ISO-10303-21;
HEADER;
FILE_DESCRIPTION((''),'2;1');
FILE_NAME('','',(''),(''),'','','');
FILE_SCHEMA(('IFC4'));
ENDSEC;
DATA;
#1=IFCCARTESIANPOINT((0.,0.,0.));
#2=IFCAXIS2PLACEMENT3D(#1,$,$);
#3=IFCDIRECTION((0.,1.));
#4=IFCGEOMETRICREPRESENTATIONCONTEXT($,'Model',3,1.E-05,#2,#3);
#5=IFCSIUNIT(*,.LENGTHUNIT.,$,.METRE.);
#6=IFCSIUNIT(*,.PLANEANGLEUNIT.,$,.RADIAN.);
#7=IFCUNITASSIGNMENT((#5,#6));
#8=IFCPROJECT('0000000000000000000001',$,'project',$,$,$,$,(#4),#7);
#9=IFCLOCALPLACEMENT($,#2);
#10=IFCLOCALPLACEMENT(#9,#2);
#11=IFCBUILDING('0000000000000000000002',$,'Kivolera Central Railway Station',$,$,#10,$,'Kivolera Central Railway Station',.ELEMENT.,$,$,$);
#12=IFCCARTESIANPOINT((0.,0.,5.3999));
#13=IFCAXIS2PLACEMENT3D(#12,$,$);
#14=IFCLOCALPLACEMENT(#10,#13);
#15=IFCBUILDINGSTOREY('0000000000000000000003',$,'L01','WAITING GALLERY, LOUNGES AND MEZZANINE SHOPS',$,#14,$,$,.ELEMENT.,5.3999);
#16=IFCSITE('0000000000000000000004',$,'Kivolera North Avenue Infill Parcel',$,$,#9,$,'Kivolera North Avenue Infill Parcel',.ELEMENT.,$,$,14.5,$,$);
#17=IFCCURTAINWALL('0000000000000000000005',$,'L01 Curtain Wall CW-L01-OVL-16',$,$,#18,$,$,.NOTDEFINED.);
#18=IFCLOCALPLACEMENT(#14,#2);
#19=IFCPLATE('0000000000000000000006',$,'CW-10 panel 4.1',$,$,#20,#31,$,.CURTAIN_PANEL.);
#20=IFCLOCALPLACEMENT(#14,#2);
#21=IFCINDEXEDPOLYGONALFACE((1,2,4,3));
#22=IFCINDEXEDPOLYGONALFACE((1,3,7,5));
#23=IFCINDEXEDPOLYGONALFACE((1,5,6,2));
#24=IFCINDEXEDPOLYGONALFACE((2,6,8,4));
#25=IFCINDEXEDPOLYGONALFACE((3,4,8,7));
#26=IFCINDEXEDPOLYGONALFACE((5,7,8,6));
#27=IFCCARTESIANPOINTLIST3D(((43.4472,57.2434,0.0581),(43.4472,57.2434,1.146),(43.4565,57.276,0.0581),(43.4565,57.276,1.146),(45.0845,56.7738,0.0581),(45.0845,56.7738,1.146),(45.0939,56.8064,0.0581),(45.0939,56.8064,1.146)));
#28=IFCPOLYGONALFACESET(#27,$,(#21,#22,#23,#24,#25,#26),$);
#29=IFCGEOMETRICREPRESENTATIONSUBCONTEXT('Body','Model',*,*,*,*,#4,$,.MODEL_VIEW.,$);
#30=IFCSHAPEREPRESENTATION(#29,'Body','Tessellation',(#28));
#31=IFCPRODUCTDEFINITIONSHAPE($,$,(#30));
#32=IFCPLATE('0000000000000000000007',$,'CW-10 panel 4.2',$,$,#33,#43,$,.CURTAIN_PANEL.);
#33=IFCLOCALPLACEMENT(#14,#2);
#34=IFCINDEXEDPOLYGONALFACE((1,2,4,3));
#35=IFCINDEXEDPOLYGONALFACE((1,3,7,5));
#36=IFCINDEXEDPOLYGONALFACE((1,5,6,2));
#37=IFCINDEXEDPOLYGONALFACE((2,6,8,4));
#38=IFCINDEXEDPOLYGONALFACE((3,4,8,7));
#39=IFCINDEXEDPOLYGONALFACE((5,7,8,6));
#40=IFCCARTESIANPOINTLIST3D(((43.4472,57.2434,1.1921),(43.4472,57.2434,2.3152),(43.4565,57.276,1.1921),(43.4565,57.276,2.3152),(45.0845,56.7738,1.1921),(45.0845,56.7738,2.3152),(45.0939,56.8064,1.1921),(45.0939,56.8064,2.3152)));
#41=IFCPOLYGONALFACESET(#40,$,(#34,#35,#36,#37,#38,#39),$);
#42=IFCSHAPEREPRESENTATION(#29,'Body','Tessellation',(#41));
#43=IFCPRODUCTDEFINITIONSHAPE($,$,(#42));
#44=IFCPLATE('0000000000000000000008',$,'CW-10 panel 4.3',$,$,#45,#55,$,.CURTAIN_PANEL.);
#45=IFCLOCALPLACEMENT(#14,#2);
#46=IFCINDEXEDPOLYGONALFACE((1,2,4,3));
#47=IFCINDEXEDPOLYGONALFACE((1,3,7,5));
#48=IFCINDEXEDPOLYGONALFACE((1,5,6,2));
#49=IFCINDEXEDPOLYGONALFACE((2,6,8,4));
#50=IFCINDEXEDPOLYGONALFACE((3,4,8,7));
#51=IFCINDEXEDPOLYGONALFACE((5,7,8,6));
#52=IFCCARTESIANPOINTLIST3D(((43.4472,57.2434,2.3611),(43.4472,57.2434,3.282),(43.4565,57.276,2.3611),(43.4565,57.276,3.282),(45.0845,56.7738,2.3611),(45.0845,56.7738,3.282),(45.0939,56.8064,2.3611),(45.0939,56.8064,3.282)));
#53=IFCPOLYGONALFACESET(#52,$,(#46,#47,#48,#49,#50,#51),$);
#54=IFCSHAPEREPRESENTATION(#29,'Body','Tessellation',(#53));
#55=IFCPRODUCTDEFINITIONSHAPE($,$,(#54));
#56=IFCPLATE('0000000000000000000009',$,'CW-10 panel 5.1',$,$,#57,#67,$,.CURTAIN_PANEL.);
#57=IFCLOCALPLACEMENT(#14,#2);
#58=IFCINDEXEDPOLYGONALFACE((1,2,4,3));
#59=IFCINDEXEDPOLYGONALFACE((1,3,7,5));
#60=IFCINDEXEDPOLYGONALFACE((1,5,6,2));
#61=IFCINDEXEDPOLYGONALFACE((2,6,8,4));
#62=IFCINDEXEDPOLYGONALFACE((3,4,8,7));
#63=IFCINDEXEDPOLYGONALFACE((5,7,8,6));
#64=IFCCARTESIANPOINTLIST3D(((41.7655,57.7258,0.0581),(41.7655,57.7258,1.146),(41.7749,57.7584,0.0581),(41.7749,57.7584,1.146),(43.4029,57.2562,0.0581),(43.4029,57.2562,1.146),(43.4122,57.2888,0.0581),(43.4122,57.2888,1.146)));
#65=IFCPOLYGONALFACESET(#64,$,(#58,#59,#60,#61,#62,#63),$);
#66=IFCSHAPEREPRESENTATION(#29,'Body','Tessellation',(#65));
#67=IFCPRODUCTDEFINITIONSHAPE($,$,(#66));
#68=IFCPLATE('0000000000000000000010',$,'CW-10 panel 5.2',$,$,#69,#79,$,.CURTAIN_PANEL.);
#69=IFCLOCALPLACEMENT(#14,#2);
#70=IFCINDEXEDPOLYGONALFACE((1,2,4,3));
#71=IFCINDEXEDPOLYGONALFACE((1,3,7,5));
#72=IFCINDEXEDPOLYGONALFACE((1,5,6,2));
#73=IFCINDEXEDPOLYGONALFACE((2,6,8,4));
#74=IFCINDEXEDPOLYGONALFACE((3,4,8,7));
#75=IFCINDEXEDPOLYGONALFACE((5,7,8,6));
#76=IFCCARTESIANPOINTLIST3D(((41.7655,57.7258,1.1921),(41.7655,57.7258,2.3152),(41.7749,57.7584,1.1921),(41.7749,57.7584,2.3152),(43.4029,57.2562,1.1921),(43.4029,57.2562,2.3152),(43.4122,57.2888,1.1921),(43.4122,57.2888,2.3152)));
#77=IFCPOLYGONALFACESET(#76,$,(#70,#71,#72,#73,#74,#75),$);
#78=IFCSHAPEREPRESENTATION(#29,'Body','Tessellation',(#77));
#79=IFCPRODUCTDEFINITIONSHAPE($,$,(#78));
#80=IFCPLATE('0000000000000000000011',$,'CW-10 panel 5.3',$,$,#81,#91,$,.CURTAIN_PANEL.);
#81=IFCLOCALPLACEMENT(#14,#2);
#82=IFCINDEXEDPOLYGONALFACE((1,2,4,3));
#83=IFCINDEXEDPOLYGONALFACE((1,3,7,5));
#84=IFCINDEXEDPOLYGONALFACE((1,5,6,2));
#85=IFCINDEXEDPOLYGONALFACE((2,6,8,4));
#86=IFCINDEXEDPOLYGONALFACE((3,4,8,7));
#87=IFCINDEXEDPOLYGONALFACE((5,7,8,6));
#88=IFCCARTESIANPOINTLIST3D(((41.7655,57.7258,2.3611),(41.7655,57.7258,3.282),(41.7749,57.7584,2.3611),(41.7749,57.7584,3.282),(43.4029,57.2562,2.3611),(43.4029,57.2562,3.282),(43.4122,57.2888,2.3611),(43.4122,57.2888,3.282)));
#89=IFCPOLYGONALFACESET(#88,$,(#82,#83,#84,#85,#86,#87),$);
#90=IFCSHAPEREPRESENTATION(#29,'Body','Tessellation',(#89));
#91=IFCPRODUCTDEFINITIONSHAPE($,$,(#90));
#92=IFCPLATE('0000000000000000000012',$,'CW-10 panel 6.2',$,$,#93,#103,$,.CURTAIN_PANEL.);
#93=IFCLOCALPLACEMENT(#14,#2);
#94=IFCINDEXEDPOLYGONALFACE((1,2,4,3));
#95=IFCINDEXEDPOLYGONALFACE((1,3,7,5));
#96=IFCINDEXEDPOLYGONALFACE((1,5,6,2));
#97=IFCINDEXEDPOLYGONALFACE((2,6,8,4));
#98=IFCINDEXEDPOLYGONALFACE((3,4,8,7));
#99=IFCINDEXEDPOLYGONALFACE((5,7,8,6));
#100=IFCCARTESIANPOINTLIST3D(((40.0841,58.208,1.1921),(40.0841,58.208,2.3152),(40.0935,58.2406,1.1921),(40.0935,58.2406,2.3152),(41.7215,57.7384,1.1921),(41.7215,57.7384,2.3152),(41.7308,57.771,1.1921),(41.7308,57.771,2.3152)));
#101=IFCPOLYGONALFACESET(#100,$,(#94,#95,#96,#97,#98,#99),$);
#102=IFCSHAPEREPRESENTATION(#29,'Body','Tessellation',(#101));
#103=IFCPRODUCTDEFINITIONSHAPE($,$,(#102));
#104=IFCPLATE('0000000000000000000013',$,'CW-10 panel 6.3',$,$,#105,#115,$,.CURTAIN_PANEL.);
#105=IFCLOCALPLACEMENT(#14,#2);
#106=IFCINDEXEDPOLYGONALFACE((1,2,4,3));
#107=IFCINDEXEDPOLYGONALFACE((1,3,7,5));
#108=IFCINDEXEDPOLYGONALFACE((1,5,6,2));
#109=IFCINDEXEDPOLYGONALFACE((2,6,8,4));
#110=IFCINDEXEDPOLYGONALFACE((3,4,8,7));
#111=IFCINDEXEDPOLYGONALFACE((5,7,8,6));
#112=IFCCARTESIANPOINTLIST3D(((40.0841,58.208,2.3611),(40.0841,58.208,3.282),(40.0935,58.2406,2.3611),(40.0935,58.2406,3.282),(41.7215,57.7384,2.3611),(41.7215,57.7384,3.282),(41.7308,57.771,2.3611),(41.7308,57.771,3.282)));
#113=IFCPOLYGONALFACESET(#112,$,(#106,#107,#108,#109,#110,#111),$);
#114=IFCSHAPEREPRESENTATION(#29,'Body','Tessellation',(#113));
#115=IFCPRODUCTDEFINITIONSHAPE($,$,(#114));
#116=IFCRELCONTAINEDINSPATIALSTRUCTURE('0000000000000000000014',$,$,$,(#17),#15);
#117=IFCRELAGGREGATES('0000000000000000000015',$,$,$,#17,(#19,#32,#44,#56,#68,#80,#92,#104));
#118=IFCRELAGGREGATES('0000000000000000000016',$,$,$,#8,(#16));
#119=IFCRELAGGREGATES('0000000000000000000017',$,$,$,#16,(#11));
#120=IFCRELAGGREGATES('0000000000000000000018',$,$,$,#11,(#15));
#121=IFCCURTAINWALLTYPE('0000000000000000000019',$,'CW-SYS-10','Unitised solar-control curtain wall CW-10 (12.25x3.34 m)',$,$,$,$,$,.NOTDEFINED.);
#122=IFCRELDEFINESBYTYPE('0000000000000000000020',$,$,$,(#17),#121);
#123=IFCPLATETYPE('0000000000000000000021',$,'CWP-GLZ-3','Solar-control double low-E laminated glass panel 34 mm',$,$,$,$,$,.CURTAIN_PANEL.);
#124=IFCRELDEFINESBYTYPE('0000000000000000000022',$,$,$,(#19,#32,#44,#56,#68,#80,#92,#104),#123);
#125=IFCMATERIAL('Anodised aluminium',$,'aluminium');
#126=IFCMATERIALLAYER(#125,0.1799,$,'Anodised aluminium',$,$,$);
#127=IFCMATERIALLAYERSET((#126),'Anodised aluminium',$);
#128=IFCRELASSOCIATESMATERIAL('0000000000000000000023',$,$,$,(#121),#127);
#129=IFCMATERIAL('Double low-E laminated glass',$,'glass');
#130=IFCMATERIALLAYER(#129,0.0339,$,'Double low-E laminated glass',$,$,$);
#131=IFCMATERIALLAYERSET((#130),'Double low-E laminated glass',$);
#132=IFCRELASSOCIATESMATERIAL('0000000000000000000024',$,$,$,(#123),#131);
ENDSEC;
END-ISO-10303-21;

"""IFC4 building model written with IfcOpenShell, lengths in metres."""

from ifc_helpers import new_model, si_unit, direction, frame, origin, origin_2d, place, context, subcontext, project, spatial, rectangle, extrude, material, layer, layer_set, type_object, element, aggregate, save


model = new_model("IFC4")

# Units and contexts
model_context = context("Model", 3, precision=1e-05, world=origin(), true_north=direction((0.0, 1.0)))
body_context = subcontext(model_context, "Body", "Model", "MODEL_VIEW")
ifc_project = project(units=[si_unit("LENGTHUNIT", "METRE"), si_unit("PLANEANGLEUNIT", "RADIAN")], contexts=[model_context])

# Site, building, storey
site_placement = place(None, origin())
site = spatial("IfcSite", under=ifc_project, at=site_placement, Name="Kivolera North Avenue Infill Parcel", LongName="Kivolera North Avenue Infill Parcel", CompositionType="ELEMENT", RefElevation=14.5)
building_placement = place(site_placement, origin())
building = spatial("IfcBuilding", under=site, at=building_placement, Name="Kivolera Central Railway Station", LongName="Kivolera Central Railway Station", CompositionType="ELEMENT")
storey_placement = place(building_placement, frame((0.0, 0.0, 5.3999)))
storey = spatial("IfcBuildingStorey", under=building, at=storey_placement, Name="L01", Description="WAITING GALLERY, LOUNGES AND MEZZANINE SHOPS", CompositionType="ELEMENT", Elevation=5.3999)

# Curtain wall, plates
ifc_material_1 = material(Name="Anodised aluminium", Category="aluminium")
ifc_layer_1 = layer(ifc_material_1, 0.1799, Name="Anodised aluminium")
ifc_layer_set_1 = layer_set([ifc_layer_1], Name="Anodised aluminium")
curtain_wall_type = type_object("IfcCurtainWallType", Name="CW-SYS-10", Description="Unitised solar-control curtain wall CW-10 (12.25x3.34 m)", PredefinedType="NOTDEFINED", material=ifc_layer_set_1)
curtain_wall_placement = place(storey_placement, origin())
curtain_wall = element("IfcCurtainWall", 1, at=curtain_wall_placement, inside=storey, type_object=curtain_wall_type, Name="L01 Curtain Wall CW-L01-OVL-16", PredefinedType="NOTDEFINED")
ifc_material_2 = material(Name="Double low-E laminated glass", Category="glass")
ifc_layer_2 = layer(ifc_material_2, 0.0339, Name="Double low-E laminated glass")
ifc_layer_set_2 = layer_set([ifc_layer_2], Name="Double low-E laminated glass")
plate_type = type_object("IfcPlateType", Name="CWP-GLZ-3", Description="Solar-control double low-E laminated glass panel 34 mm", PredefinedType="CURTAIN_PANEL", material=ifc_layer_set_2)
plate_1_placement = place(storey_placement, frame((44.2705, 57.0249, 0.0581), z_axis=(0.0, 0.0, 1.0), x_axis=(-0.961246, 0.275692, 0.0)))
plate_1 = element("IfcPlate", 2, at=plate_1_placement, type_object=plate_type, Name="CW-10 panel 4.1", PredefinedType="CURTAIN_PANEL", context=body_context, shape_type="SweptSolid", body=[
    extrude(rectangle(XDim=1.7034, YDim=0.0339, at=origin_2d()), origin(), (0.0, 0.0, 1.0), 1.0879),
])
plate_2_placement = place(storey_placement, frame((44.2705, 57.0249, 1.1921), z_axis=(0.0, 0.0, 1.0), x_axis=(-0.961246, 0.275692, 0.0)))
plate_2 = element("IfcPlate", 3, at=plate_2_placement, type_object=plate_type, Name="CW-10 panel 4.2", PredefinedType="CURTAIN_PANEL", context=body_context, shape_type="SweptSolid", body=[
    extrude(rectangle(XDim=1.7034, YDim=0.0339, at=origin_2d()), origin(), (0.0, 0.0, 1.0), 1.123),
])
plate_3_placement = place(storey_placement, frame((44.2705, 57.0249, 2.3611), z_axis=(0.0, 0.0, 1.0), x_axis=(-0.961246, 0.275692, 0.0)))
plate_3 = element("IfcPlate", 4, at=plate_3_placement, type_object=plate_type, Name="CW-10 panel 4.3", PredefinedType="CURTAIN_PANEL", context=body_context, shape_type="SweptSolid", body=[
    extrude(rectangle(XDim=1.7034, YDim=0.0339, at=origin_2d()), origin(), (0.0, 0.0, 1.0), 0.9209),
])
plate_4_placement = place(storey_placement, frame((42.5889, 57.5073, 0.0581), z_axis=(0.0, 0.0, 1.0), x_axis=(-0.961246, 0.275692, 0.0)))
plate_4 = element("IfcPlate", 5, at=plate_4_placement, type_object=plate_type, Name="CW-10 panel 5.1", PredefinedType="CURTAIN_PANEL", context=body_context, shape_type="SweptSolid", body=[
    extrude(rectangle(XDim=1.7034, YDim=0.0339, at=origin_2d()), origin(), (0.0, 0.0, 1.0), 1.0879),
])
plate_5_placement = place(storey_placement, frame((42.5889, 57.5073, 1.1921), z_axis=(0.0, 0.0, 1.0), x_axis=(-0.961246, 0.275692, 0.0)))
plate_5 = element("IfcPlate", 6, at=plate_5_placement, type_object=plate_type, Name="CW-10 panel 5.2", PredefinedType="CURTAIN_PANEL", context=body_context, shape_type="SweptSolid", body=[
    extrude(rectangle(XDim=1.7034, YDim=0.0339, at=origin_2d()), origin(), (0.0, 0.0, 1.0), 1.123),
])
plate_6_placement = place(storey_placement, frame((42.5889, 57.5073, 2.3611), z_axis=(0.0, 0.0, 1.0), x_axis=(-0.961246, 0.275692, 0.0)))
plate_6 = element("IfcPlate", 7, at=plate_6_placement, type_object=plate_type, Name="CW-10 panel 5.3", PredefinedType="CURTAIN_PANEL", context=body_context, shape_type="SweptSolid", body=[
    extrude(rectangle(XDim=1.7034, YDim=0.0339, at=origin_2d()), origin(), (0.0, 0.0, 1.0), 0.9209),
])
plate_7_placement = place(storey_placement, frame((40.9075, 57.9895, 1.1921), z_axis=(0.0, 0.0, 1.0), x_axis=(-0.961246, 0.275692, 0.0)))
plate_7 = element("IfcPlate", 8, at=plate_7_placement, type_object=plate_type, Name="CW-10 panel 6.2", PredefinedType="CURTAIN_PANEL", context=body_context, shape_type="SweptSolid", body=[
    extrude(rectangle(XDim=1.7034, YDim=0.0339, at=origin_2d()), origin(), (0.0, 0.0, 1.0), 1.123),
])
plate_8_placement = place(storey_placement, frame((40.9075, 57.9895, 2.3611), z_axis=(0.0, 0.0, 1.0), x_axis=(-0.961246, 0.275692, 0.0)))
plate_8 = element("IfcPlate", 9, at=plate_8_placement, type_object=plate_type, Name="CW-10 panel 6.3", PredefinedType="CURTAIN_PANEL", context=body_context, shape_type="SweptSolid", body=[
    extrude(rectangle(XDim=1.7034, YDim=0.0339, at=origin_2d()), origin(), (0.0, 0.0, 1.0), 0.9209),
])
aggregate(curtain_wall, [plate_1, plate_2, plate_3, plate_4, plate_5, plate_6, plate_7, plate_8])

save(model, "model.ifc")
